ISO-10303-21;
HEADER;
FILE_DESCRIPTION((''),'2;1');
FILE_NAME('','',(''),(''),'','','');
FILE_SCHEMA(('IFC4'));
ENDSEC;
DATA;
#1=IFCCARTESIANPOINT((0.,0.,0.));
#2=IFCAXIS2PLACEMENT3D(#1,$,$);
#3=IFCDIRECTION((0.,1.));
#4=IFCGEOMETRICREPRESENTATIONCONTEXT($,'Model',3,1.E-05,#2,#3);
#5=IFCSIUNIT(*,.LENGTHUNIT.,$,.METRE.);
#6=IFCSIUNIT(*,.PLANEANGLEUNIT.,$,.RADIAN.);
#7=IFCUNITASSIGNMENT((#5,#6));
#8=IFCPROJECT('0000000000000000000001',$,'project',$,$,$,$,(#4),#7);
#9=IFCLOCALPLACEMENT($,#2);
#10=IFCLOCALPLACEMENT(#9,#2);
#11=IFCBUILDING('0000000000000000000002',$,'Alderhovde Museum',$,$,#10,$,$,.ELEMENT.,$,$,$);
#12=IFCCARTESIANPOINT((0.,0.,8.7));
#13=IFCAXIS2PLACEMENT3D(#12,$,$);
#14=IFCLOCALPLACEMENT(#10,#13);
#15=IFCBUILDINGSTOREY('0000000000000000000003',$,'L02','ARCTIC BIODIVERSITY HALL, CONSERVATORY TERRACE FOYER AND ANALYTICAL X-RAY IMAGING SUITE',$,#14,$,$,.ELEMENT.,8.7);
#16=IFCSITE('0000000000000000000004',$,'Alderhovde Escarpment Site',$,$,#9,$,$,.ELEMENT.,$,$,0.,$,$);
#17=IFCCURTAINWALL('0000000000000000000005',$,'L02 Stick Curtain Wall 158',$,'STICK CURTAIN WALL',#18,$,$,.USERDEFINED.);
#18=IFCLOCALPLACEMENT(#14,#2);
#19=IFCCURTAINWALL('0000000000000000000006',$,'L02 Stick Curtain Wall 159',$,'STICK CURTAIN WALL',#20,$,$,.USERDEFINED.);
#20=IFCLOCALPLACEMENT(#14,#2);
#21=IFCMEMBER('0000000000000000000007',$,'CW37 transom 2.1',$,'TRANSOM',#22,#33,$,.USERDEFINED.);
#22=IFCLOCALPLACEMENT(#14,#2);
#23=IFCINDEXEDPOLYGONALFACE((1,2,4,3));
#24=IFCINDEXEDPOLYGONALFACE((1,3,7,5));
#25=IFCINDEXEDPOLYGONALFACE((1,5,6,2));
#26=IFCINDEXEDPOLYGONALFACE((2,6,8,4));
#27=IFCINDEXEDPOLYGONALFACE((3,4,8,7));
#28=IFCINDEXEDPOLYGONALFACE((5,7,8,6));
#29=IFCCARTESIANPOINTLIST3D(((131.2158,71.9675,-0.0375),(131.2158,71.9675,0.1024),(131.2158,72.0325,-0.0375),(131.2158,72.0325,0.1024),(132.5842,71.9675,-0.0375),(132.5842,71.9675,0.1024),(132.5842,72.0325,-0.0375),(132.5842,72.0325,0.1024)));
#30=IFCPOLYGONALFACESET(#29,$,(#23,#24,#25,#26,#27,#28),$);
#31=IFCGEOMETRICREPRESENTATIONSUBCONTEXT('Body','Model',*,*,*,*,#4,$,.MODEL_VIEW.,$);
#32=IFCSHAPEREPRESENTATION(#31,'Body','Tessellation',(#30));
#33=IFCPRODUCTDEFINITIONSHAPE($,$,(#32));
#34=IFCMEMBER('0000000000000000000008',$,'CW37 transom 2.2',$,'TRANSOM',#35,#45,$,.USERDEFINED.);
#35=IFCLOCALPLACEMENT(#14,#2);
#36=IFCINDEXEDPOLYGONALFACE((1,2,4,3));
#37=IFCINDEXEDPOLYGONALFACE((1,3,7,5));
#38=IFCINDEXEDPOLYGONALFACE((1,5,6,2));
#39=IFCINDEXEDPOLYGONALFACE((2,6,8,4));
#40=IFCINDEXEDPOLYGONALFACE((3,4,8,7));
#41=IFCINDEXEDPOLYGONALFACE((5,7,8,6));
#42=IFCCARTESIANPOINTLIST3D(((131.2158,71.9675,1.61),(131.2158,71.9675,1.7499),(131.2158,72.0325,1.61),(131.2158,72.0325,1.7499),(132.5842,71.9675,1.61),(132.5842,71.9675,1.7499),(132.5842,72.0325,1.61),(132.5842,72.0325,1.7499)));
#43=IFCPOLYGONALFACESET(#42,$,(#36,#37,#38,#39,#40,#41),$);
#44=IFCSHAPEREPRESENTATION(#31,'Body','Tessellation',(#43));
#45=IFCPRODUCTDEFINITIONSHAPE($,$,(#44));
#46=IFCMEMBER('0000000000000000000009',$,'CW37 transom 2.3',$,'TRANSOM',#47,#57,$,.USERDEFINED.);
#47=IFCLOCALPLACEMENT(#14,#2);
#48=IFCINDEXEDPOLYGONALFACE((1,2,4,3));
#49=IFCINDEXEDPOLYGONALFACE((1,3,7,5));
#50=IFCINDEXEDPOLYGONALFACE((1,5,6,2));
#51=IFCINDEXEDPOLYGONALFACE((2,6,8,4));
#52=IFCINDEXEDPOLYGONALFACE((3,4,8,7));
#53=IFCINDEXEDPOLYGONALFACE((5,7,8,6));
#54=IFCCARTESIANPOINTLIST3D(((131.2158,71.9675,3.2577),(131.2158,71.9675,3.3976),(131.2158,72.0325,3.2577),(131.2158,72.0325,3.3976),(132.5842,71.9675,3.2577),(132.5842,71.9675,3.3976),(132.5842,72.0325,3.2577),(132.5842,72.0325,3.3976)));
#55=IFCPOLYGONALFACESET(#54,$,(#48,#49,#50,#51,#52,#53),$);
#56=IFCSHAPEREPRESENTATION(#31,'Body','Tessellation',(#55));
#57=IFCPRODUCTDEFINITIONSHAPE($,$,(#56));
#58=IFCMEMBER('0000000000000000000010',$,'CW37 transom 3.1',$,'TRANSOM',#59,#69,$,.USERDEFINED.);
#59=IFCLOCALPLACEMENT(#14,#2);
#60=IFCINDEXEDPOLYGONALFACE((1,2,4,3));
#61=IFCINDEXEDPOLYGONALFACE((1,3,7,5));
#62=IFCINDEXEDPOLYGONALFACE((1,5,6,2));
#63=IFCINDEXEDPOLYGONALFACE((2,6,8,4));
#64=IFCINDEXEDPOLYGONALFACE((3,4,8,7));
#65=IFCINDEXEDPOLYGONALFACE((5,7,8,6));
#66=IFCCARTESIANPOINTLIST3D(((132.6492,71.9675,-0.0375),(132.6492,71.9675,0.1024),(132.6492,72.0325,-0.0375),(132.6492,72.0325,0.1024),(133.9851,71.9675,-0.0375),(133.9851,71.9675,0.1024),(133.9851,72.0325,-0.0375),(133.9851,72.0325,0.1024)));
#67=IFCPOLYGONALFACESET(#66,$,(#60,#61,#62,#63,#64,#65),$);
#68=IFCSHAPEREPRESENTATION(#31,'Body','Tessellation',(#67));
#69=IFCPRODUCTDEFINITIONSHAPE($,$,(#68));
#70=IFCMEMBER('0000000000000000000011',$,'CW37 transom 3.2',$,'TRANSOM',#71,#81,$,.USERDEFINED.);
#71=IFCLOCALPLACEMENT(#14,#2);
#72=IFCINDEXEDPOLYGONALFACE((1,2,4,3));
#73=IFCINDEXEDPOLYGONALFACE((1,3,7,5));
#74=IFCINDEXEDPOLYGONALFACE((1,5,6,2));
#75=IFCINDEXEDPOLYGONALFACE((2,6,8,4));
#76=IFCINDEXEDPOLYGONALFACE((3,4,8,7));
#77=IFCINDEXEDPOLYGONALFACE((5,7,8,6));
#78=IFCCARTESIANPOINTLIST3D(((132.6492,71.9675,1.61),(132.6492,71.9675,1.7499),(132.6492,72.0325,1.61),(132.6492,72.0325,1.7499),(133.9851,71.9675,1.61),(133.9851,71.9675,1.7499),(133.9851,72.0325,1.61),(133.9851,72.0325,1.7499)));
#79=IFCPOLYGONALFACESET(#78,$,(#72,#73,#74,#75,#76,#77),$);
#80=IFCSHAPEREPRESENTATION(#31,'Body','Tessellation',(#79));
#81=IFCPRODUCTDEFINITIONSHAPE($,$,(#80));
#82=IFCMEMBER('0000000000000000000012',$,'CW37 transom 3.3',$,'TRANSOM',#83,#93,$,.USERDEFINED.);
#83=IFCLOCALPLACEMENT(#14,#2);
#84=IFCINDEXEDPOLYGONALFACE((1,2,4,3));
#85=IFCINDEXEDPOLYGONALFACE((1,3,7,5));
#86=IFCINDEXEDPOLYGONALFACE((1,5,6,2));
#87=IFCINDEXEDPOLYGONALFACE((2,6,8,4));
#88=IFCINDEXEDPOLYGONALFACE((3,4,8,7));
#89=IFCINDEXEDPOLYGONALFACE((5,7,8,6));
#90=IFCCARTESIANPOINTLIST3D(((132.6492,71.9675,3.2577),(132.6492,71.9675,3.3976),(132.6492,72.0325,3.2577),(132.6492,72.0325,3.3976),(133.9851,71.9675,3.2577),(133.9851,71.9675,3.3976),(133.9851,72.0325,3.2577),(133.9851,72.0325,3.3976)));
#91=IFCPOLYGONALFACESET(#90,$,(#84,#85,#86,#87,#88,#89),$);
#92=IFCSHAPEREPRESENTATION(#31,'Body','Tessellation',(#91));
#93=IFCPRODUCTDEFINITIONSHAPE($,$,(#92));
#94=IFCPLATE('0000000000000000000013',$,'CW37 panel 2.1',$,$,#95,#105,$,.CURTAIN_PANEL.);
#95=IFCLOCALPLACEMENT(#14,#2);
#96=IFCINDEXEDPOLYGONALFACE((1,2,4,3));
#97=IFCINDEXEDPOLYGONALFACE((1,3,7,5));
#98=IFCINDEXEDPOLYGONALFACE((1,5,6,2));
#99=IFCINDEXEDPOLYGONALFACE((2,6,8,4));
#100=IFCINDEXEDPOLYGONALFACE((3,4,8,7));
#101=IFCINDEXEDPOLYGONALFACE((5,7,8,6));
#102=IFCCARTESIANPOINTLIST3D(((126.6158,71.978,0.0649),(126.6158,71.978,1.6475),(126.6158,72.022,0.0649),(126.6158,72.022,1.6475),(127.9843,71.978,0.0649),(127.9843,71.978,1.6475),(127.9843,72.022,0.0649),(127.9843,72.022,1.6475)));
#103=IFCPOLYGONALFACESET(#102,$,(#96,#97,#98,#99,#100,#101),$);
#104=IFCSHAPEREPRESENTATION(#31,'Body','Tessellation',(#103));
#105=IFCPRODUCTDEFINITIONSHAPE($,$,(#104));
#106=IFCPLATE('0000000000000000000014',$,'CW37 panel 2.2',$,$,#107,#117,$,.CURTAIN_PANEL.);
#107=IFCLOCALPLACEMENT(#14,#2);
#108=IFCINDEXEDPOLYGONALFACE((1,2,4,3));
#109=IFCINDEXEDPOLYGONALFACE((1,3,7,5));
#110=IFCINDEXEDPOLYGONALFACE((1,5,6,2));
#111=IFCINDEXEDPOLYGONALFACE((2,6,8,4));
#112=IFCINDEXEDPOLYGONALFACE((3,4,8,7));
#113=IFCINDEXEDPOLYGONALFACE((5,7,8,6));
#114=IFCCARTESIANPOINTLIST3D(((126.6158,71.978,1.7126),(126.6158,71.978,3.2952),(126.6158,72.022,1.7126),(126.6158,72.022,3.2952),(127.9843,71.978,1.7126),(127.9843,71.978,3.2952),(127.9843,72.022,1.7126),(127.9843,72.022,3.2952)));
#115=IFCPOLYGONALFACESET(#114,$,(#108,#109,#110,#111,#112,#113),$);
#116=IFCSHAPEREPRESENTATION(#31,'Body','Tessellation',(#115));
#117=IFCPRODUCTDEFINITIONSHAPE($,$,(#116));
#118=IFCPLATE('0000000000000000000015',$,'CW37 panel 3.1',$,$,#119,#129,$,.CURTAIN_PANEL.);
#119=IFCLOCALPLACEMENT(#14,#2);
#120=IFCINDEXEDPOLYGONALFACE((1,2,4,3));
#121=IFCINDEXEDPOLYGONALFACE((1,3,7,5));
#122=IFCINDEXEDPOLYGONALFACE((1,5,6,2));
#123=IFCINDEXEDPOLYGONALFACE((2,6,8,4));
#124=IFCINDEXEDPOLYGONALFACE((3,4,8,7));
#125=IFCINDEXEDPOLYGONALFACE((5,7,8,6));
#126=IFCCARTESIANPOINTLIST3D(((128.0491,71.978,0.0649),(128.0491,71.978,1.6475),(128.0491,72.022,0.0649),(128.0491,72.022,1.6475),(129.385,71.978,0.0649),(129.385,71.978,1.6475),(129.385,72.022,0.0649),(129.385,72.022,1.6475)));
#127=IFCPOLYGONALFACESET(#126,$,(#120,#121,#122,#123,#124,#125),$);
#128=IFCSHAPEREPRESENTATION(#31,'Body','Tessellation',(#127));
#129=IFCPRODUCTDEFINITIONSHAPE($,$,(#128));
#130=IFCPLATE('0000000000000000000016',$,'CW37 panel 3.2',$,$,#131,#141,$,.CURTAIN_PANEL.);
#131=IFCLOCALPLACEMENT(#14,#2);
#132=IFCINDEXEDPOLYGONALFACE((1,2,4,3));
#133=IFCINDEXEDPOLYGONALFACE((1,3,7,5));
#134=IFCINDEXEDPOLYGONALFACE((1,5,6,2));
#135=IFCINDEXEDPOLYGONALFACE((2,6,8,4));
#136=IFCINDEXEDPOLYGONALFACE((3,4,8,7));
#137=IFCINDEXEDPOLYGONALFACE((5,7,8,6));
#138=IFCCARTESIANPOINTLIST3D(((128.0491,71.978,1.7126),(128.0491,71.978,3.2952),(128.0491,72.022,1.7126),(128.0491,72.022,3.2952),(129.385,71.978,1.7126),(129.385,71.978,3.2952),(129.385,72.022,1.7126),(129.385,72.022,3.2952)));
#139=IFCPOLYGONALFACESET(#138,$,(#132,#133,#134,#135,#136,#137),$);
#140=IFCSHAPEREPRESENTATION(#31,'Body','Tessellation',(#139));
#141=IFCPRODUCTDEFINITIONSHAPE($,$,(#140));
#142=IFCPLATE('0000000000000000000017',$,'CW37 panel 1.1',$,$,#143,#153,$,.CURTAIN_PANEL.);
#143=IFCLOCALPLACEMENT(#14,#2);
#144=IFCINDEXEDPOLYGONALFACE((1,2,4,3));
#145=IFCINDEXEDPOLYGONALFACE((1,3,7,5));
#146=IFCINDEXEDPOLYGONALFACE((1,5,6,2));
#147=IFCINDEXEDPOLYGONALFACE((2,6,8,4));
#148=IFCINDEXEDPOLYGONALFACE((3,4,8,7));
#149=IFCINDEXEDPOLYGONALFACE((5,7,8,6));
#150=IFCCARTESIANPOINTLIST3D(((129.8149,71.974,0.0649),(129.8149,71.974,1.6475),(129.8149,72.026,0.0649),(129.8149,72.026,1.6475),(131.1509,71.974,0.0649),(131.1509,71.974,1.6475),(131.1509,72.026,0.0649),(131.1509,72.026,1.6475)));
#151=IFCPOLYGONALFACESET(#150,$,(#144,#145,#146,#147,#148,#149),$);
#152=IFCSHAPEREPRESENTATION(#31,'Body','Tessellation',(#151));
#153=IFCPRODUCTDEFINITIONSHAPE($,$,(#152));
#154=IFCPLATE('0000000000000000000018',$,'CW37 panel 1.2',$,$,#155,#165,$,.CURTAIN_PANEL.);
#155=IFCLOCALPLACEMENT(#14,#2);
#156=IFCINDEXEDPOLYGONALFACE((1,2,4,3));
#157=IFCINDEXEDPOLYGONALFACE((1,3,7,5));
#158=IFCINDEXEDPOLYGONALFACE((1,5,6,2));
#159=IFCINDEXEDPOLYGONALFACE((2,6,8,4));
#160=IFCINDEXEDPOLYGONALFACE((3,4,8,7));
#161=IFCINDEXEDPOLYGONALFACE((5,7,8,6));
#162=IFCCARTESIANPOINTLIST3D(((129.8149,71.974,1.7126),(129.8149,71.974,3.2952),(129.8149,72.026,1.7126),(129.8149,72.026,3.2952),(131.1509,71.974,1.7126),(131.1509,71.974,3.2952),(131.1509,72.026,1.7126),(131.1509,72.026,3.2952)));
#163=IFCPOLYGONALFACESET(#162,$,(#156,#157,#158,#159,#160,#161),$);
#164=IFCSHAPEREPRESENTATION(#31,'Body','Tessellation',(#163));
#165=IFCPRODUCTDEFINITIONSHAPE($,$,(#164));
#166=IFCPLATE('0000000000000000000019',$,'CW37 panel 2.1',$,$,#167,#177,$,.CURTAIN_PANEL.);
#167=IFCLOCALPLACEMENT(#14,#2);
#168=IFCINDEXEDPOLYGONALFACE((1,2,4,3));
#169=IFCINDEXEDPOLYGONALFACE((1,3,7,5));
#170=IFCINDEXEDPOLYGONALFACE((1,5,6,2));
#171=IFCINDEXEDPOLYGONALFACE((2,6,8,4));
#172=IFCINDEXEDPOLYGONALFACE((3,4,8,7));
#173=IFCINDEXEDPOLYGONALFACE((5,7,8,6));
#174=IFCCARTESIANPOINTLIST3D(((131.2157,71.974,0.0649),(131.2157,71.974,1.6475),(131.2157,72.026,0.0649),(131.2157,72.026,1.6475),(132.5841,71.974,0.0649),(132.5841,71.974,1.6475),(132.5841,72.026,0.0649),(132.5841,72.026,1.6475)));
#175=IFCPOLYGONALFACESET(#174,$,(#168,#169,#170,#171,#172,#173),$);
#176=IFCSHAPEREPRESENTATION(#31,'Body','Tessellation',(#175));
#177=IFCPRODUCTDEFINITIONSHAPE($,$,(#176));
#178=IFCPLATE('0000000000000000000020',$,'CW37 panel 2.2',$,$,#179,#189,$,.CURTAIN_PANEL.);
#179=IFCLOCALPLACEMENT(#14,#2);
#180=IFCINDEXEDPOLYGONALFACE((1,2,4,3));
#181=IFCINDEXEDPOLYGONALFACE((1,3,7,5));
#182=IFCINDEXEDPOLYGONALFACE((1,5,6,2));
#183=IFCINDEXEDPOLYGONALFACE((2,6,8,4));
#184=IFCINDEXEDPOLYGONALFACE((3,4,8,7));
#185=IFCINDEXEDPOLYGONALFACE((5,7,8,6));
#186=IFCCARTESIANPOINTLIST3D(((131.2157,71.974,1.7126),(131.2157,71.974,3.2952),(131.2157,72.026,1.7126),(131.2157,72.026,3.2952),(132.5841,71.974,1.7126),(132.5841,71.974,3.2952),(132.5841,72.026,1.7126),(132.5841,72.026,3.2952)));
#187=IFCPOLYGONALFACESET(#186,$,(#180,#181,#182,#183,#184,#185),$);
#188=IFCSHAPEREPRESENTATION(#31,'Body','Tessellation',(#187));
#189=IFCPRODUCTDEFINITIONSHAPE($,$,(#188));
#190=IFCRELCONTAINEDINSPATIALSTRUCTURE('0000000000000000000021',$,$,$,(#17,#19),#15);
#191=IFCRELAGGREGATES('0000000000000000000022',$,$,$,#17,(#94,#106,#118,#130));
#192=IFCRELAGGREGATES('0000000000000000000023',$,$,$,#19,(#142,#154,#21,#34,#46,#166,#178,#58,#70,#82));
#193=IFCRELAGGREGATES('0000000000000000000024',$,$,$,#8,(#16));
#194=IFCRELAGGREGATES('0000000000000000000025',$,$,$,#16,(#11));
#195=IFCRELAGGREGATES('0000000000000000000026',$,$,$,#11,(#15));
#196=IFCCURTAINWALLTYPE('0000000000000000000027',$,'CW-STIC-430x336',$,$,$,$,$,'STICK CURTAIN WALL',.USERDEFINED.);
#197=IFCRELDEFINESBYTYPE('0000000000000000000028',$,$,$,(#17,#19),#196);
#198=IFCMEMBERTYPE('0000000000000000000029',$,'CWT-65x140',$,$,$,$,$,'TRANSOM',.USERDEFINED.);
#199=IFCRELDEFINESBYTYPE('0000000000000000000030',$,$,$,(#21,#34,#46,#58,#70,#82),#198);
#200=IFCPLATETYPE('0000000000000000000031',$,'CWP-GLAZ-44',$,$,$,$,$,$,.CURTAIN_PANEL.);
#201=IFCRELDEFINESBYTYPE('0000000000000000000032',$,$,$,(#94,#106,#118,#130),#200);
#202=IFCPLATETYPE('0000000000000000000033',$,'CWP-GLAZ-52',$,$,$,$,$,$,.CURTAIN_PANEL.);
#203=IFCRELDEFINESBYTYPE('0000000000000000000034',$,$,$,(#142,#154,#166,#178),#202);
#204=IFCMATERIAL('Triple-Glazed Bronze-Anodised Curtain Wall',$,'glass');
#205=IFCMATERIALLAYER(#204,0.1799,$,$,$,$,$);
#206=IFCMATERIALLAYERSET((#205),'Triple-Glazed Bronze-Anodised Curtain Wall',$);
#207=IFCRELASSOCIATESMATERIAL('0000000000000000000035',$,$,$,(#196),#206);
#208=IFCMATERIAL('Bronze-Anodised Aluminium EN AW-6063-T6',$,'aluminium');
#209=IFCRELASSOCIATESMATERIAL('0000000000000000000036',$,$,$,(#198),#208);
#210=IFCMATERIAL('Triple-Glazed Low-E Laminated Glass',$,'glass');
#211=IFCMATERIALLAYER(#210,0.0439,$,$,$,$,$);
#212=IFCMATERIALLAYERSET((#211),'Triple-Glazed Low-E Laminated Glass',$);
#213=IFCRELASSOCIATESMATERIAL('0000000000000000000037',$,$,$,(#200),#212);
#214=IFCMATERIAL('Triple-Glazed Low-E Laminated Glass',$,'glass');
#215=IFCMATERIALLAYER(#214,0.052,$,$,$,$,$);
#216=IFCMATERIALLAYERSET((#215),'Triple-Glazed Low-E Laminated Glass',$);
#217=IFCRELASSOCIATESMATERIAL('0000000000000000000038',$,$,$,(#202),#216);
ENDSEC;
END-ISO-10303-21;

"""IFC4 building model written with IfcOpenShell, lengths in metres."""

from ifc_helpers import new_model, si_unit, direction, frame, origin, origin_2d, place, context, subcontext, project, spatial, rectangle, extrude, material, layer, layer_set, material_profile, profile_set, type_object, element, aggregate, save


model = new_model("IFC4")

# Units and contexts
model_context = context("Model", 3, precision=1e-05, world=origin(), true_north=direction((0.0, 1.0)))
body_context = subcontext(model_context, "Body", "Model", "MODEL_VIEW")
ifc_project = project(units=[si_unit("LENGTHUNIT", "METRE"), si_unit("PLANEANGLEUNIT", "RADIAN")], contexts=[model_context])

# Site, building, storey
site_placement = place(None, origin())
site = spatial("IfcSite", under=ifc_project, at=site_placement, Name="Alderhovde Escarpment Site", CompositionType="ELEMENT", RefElevation=0.0)
building_placement = place(site_placement, origin())
building = spatial("IfcBuilding", under=site, at=building_placement, Name="Alderhovde Museum", CompositionType="ELEMENT")
storey_placement = place(building_placement, frame((0.0, 0.0, 8.7)))
storey = spatial("IfcBuildingStorey", under=building, at=storey_placement, Name="L02", Description="ARCTIC BIODIVERSITY HALL, CONSERVATORY TERRACE FOYER AND ANALYTICAL X-RAY IMAGING SUITE", CompositionType="ELEMENT", Elevation=8.7)

# Curtain walls
ifc_material_1 = material(Name="Triple-Glazed Bronze-Anodised Curtain Wall", Category="glass")
ifc_layer_1 = layer(ifc_material_1, 0.1799)
ifc_layer_set_1 = layer_set([ifc_layer_1], Name="Triple-Glazed Bronze-Anodised Curtain Wall")
curtain_wall_type = type_object("IfcCurtainWallType", Name="CW-STIC-430x336", ElementType="STICK CURTAIN WALL", PredefinedType="USERDEFINED", material=ifc_layer_set_1)
curtain_wall_1_placement = place(storey_placement, origin())
curtain_wall_1 = element("IfcCurtainWall", 1, at=curtain_wall_1_placement, inside=storey, type_object=curtain_wall_type, Name="L02 Stick Curtain Wall 158", ObjectType="STICK CURTAIN WALL", PredefinedType="USERDEFINED")
curtain_wall_2_placement = place(storey_placement, origin())
curtain_wall_2 = element("IfcCurtainWall", 2, at=curtain_wall_2_placement, inside=storey, type_object=curtain_wall_type, Name="L02 Stick Curtain Wall 159", ObjectType="STICK CURTAIN WALL", PredefinedType="USERDEFINED")

# Members
ifc_material_2 = material(Name="Bronze-Anodised Aluminium EN AW-6063-T6", Category="aluminium")
ifc_material_profile_1 = material_profile(ifc_material_2, rectangle(XDim=0.0649, YDim=0.1399, at=origin_2d()), Name="TRANSOM 65x140")
ifc_profile_set_1 = profile_set([ifc_material_profile_1], Name="Bronze-Anodised Aluminium EN AW-6063-T6")
member_type_1 = type_object("IfcMemberType", Name="CWT-65x140", ElementType="TRANSOM", PredefinedType="USERDEFINED", material=ifc_profile_set_1)
member_1_placement = place(storey_placement, frame((131.2158, 72.0, 0.0325), z_axis=(1.0, 0.0, 0.0), x_axis=(0.0, 1.0, 0.0)))
member_1 = element("IfcMember", 3, at=member_1_placement, type_object=member_type_1, Name="CW37 transom 2.1", ObjectType="TRANSOM", PredefinedType="USERDEFINED", context=body_context, shape_type="SweptSolid", body=[
    extrude(rectangle(XDim=0.0649, YDim=0.1399, at=origin_2d()), origin(), (0.0, 0.0, 1.0), 1.3684),
])
member_2_placement = place(storey_placement, frame((131.2158, 72.0, 1.6799), z_axis=(1.0, 0.0, 0.0), x_axis=(0.0, 1.0, 0.0)))
member_2 = element("IfcMember", 4, at=member_2_placement, type_object=member_type_1, Name="CW37 transom 2.2", ObjectType="TRANSOM", PredefinedType="USERDEFINED", context=body_context, shape_type="SweptSolid", body=[
    extrude(rectangle(XDim=0.0649, YDim=0.1399, at=origin_2d()), origin(), (0.0, 0.0, 1.0), 1.3684),
])
member_3_placement = place(storey_placement, frame((131.2158, 72.0, 3.3276), z_axis=(1.0, 0.0, 0.0), x_axis=(0.0, 1.0, 0.0)))
member_3 = element("IfcMember", 5, at=member_3_placement, type_object=member_type_1, Name="CW37 transom 2.3", ObjectType="TRANSOM", PredefinedType="USERDEFINED", context=body_context, shape_type="SweptSolid", body=[
    extrude(rectangle(XDim=0.0649, YDim=0.1399, at=origin_2d()), origin(), (0.0, 0.0, 1.0), 1.3684),
])
member_4_placement = place(storey_placement, frame((132.6492, 72.0, 0.0325), z_axis=(1.0, 0.0, 0.0), x_axis=(0.0, 1.0, 0.0)))
member_4 = element("IfcMember", 6, at=member_4_placement, type_object=member_type_1, Name="CW37 transom 3.1", ObjectType="TRANSOM", PredefinedType="USERDEFINED", context=body_context, shape_type="SweptSolid", body=[
    extrude(rectangle(XDim=0.0649, YDim=0.1399, at=origin_2d()), origin(), (0.0, 0.0, 1.0), 1.3359),
])
member_5_placement = place(storey_placement, frame((132.6492, 72.0, 1.6799), z_axis=(1.0, 0.0, 0.0), x_axis=(0.0, 1.0, 0.0)))
member_5 = element("IfcMember", 7, at=member_5_placement, type_object=member_type_1, Name="CW37 transom 3.2", ObjectType="TRANSOM", PredefinedType="USERDEFINED", context=body_context, shape_type="SweptSolid", body=[
    extrude(rectangle(XDim=0.0649, YDim=0.1399, at=origin_2d()), origin(), (0.0, 0.0, 1.0), 1.3359),
])
member_6_placement = place(storey_placement, frame((132.6492, 72.0, 3.3276), z_axis=(1.0, 0.0, 0.0), x_axis=(0.0, 1.0, 0.0)))
member_6 = element("IfcMember", 8, at=member_6_placement, type_object=member_type_1, Name="CW37 transom 3.3", ObjectType="TRANSOM", PredefinedType="USERDEFINED", context=body_context, shape_type="SweptSolid", body=[
    extrude(rectangle(XDim=0.0649, YDim=0.1399, at=origin_2d()), origin(), (0.0, 0.0, 1.0), 1.3359),
])

# Plates
ifc_material_3 = material(Name="Triple-Glazed Low-E Laminated Glass", Category="glass")
ifc_layer_2 = layer(ifc_material_3, 0.0439)
ifc_layer_set_2 = layer_set([ifc_layer_2], Name="Triple-Glazed Low-E Laminated Glass")
plate_type_1 = type_object("IfcPlateType", Name="CWP-GLAZ-44", PredefinedType="CURTAIN_PANEL", material=ifc_layer_set_2)
plate_1_placement = place(storey_placement, frame((127.3, 72.0, 0.0649), z_axis=(0.0, 0.0, 1.0), x_axis=(1.0, 0.0, 0.0)))
plate_1 = element("IfcPlate", 9, at=plate_1_placement, type_object=plate_type_1, Name="CW37 panel 2.1", PredefinedType="CURTAIN_PANEL", context=body_context, shape_type="SweptSolid", body=[
    extrude(rectangle(XDim=1.3684, YDim=0.0439, at=origin_2d()), origin(), (0.0, 0.0, 1.0), 1.5825),
])
plate_2_placement = place(storey_placement, frame((127.3, 72.0, 1.7126), z_axis=(0.0, 0.0, 1.0), x_axis=(1.0, 0.0, 0.0)))
plate_2 = element("IfcPlate", 10, at=plate_2_placement, type_object=plate_type_1, Name="CW37 panel 2.2", PredefinedType="CURTAIN_PANEL", context=body_context, shape_type="SweptSolid", body=[
    extrude(rectangle(XDim=1.3684, YDim=0.0439, at=origin_2d()), origin(), (0.0, 0.0, 1.0), 1.5825),
])
plate_3_placement = place(storey_placement, frame((128.717, 72.0, 0.0649), z_axis=(0.0, 0.0, 1.0), x_axis=(1.0, 0.0, 0.0)))
plate_3 = element("IfcPlate", 11, at=plate_3_placement, type_object=plate_type_1, Name="CW37 panel 3.1", PredefinedType="CURTAIN_PANEL", context=body_context, shape_type="SweptSolid", body=[
    extrude(rectangle(XDim=1.3359, YDim=0.0439, at=origin_2d()), origin(), (0.0, 0.0, 1.0), 1.5825),
])
plate_4_placement = place(storey_placement, frame((128.717, 72.0, 1.7126), z_axis=(0.0, 0.0, 1.0), x_axis=(1.0, 0.0, 0.0)))
plate_4 = element("IfcPlate", 12, at=plate_4_placement, type_object=plate_type_1, Name="CW37 panel 3.2", PredefinedType="CURTAIN_PANEL", context=body_context, shape_type="SweptSolid", body=[
    extrude(rectangle(XDim=1.3359, YDim=0.0439, at=origin_2d()), origin(), (0.0, 0.0, 1.0), 1.5825),
])
aggregate(curtain_wall_1, [plate_1, plate_2, plate_3, plate_4])
ifc_material_4 = material(Name="Triple-Glazed Low-E Laminated Glass", Category="glass")
ifc_layer_3 = layer(ifc_material_4, 0.052)
ifc_layer_set_3 = layer_set([ifc_layer_3], Name="Triple-Glazed Low-E Laminated Glass")
plate_type_2 = type_object("IfcPlateType", Name="CWP-GLAZ-52", PredefinedType="CURTAIN_PANEL", material=ifc_layer_set_3)
plate_5_placement = place(storey_placement, frame((130.4829, 72.0, 0.0649), z_axis=(0.0, 0.0, 1.0), x_axis=(1.0, 0.0, 0.0)))
plate_5 = element("IfcPlate", 13, at=plate_5_placement, type_object=plate_type_2, Name="CW37 panel 1.1", PredefinedType="CURTAIN_PANEL", context=body_context, shape_type="SweptSolid", body=[
    extrude(rectangle(XDim=1.3359, YDim=0.052, at=origin_2d()), origin(), (0.0, 0.0, 1.0), 1.5825),
])
plate_6_placement = place(storey_placement, frame((130.4829, 72.0, 1.7126), z_axis=(0.0, 0.0, 1.0), x_axis=(1.0, 0.0, 0.0)))
plate_6 = element("IfcPlate", 14, at=plate_6_placement, type_object=plate_type_2, Name="CW37 panel 1.2", PredefinedType="CURTAIN_PANEL", context=body_context, shape_type="SweptSolid", body=[
    extrude(rectangle(XDim=1.3359, YDim=0.052, at=origin_2d()), origin(), (0.0, 0.0, 1.0), 1.5825),
])
plate_7_placement = place(storey_placement, frame((131.8999, 72.0, 0.0649), z_axis=(0.0, 0.0, 1.0), x_axis=(1.0, 0.0, 0.0)))
plate_7 = element("IfcPlate", 15, at=plate_7_placement, type_object=plate_type_2, Name="CW37 panel 2.1", PredefinedType="CURTAIN_PANEL", context=body_context, shape_type="SweptSolid", body=[
    extrude(rectangle(XDim=1.3684, YDim=0.052, at=origin_2d()), origin(), (0.0, 0.0, 1.0), 1.5825),
])
plate_8_placement = place(storey_placement, frame((131.8999, 72.0, 1.7126), z_axis=(0.0, 0.0, 1.0), x_axis=(1.0, 0.0, 0.0)))
plate_8 = element("IfcPlate", 16, at=plate_8_placement, type_object=plate_type_2, Name="CW37 panel 2.2", PredefinedType="CURTAIN_PANEL", context=body_context, shape_type="SweptSolid", body=[
    extrude(rectangle(XDim=1.3684, YDim=0.052, at=origin_2d()), origin(), (0.0, 0.0, 1.0), 1.5825),
])
aggregate(curtain_wall_2, [plate_5, plate_6, member_1, member_2, member_3, plate_7, plate_8, member_4, member_5, member_6])

save(model, "model.ifc")
